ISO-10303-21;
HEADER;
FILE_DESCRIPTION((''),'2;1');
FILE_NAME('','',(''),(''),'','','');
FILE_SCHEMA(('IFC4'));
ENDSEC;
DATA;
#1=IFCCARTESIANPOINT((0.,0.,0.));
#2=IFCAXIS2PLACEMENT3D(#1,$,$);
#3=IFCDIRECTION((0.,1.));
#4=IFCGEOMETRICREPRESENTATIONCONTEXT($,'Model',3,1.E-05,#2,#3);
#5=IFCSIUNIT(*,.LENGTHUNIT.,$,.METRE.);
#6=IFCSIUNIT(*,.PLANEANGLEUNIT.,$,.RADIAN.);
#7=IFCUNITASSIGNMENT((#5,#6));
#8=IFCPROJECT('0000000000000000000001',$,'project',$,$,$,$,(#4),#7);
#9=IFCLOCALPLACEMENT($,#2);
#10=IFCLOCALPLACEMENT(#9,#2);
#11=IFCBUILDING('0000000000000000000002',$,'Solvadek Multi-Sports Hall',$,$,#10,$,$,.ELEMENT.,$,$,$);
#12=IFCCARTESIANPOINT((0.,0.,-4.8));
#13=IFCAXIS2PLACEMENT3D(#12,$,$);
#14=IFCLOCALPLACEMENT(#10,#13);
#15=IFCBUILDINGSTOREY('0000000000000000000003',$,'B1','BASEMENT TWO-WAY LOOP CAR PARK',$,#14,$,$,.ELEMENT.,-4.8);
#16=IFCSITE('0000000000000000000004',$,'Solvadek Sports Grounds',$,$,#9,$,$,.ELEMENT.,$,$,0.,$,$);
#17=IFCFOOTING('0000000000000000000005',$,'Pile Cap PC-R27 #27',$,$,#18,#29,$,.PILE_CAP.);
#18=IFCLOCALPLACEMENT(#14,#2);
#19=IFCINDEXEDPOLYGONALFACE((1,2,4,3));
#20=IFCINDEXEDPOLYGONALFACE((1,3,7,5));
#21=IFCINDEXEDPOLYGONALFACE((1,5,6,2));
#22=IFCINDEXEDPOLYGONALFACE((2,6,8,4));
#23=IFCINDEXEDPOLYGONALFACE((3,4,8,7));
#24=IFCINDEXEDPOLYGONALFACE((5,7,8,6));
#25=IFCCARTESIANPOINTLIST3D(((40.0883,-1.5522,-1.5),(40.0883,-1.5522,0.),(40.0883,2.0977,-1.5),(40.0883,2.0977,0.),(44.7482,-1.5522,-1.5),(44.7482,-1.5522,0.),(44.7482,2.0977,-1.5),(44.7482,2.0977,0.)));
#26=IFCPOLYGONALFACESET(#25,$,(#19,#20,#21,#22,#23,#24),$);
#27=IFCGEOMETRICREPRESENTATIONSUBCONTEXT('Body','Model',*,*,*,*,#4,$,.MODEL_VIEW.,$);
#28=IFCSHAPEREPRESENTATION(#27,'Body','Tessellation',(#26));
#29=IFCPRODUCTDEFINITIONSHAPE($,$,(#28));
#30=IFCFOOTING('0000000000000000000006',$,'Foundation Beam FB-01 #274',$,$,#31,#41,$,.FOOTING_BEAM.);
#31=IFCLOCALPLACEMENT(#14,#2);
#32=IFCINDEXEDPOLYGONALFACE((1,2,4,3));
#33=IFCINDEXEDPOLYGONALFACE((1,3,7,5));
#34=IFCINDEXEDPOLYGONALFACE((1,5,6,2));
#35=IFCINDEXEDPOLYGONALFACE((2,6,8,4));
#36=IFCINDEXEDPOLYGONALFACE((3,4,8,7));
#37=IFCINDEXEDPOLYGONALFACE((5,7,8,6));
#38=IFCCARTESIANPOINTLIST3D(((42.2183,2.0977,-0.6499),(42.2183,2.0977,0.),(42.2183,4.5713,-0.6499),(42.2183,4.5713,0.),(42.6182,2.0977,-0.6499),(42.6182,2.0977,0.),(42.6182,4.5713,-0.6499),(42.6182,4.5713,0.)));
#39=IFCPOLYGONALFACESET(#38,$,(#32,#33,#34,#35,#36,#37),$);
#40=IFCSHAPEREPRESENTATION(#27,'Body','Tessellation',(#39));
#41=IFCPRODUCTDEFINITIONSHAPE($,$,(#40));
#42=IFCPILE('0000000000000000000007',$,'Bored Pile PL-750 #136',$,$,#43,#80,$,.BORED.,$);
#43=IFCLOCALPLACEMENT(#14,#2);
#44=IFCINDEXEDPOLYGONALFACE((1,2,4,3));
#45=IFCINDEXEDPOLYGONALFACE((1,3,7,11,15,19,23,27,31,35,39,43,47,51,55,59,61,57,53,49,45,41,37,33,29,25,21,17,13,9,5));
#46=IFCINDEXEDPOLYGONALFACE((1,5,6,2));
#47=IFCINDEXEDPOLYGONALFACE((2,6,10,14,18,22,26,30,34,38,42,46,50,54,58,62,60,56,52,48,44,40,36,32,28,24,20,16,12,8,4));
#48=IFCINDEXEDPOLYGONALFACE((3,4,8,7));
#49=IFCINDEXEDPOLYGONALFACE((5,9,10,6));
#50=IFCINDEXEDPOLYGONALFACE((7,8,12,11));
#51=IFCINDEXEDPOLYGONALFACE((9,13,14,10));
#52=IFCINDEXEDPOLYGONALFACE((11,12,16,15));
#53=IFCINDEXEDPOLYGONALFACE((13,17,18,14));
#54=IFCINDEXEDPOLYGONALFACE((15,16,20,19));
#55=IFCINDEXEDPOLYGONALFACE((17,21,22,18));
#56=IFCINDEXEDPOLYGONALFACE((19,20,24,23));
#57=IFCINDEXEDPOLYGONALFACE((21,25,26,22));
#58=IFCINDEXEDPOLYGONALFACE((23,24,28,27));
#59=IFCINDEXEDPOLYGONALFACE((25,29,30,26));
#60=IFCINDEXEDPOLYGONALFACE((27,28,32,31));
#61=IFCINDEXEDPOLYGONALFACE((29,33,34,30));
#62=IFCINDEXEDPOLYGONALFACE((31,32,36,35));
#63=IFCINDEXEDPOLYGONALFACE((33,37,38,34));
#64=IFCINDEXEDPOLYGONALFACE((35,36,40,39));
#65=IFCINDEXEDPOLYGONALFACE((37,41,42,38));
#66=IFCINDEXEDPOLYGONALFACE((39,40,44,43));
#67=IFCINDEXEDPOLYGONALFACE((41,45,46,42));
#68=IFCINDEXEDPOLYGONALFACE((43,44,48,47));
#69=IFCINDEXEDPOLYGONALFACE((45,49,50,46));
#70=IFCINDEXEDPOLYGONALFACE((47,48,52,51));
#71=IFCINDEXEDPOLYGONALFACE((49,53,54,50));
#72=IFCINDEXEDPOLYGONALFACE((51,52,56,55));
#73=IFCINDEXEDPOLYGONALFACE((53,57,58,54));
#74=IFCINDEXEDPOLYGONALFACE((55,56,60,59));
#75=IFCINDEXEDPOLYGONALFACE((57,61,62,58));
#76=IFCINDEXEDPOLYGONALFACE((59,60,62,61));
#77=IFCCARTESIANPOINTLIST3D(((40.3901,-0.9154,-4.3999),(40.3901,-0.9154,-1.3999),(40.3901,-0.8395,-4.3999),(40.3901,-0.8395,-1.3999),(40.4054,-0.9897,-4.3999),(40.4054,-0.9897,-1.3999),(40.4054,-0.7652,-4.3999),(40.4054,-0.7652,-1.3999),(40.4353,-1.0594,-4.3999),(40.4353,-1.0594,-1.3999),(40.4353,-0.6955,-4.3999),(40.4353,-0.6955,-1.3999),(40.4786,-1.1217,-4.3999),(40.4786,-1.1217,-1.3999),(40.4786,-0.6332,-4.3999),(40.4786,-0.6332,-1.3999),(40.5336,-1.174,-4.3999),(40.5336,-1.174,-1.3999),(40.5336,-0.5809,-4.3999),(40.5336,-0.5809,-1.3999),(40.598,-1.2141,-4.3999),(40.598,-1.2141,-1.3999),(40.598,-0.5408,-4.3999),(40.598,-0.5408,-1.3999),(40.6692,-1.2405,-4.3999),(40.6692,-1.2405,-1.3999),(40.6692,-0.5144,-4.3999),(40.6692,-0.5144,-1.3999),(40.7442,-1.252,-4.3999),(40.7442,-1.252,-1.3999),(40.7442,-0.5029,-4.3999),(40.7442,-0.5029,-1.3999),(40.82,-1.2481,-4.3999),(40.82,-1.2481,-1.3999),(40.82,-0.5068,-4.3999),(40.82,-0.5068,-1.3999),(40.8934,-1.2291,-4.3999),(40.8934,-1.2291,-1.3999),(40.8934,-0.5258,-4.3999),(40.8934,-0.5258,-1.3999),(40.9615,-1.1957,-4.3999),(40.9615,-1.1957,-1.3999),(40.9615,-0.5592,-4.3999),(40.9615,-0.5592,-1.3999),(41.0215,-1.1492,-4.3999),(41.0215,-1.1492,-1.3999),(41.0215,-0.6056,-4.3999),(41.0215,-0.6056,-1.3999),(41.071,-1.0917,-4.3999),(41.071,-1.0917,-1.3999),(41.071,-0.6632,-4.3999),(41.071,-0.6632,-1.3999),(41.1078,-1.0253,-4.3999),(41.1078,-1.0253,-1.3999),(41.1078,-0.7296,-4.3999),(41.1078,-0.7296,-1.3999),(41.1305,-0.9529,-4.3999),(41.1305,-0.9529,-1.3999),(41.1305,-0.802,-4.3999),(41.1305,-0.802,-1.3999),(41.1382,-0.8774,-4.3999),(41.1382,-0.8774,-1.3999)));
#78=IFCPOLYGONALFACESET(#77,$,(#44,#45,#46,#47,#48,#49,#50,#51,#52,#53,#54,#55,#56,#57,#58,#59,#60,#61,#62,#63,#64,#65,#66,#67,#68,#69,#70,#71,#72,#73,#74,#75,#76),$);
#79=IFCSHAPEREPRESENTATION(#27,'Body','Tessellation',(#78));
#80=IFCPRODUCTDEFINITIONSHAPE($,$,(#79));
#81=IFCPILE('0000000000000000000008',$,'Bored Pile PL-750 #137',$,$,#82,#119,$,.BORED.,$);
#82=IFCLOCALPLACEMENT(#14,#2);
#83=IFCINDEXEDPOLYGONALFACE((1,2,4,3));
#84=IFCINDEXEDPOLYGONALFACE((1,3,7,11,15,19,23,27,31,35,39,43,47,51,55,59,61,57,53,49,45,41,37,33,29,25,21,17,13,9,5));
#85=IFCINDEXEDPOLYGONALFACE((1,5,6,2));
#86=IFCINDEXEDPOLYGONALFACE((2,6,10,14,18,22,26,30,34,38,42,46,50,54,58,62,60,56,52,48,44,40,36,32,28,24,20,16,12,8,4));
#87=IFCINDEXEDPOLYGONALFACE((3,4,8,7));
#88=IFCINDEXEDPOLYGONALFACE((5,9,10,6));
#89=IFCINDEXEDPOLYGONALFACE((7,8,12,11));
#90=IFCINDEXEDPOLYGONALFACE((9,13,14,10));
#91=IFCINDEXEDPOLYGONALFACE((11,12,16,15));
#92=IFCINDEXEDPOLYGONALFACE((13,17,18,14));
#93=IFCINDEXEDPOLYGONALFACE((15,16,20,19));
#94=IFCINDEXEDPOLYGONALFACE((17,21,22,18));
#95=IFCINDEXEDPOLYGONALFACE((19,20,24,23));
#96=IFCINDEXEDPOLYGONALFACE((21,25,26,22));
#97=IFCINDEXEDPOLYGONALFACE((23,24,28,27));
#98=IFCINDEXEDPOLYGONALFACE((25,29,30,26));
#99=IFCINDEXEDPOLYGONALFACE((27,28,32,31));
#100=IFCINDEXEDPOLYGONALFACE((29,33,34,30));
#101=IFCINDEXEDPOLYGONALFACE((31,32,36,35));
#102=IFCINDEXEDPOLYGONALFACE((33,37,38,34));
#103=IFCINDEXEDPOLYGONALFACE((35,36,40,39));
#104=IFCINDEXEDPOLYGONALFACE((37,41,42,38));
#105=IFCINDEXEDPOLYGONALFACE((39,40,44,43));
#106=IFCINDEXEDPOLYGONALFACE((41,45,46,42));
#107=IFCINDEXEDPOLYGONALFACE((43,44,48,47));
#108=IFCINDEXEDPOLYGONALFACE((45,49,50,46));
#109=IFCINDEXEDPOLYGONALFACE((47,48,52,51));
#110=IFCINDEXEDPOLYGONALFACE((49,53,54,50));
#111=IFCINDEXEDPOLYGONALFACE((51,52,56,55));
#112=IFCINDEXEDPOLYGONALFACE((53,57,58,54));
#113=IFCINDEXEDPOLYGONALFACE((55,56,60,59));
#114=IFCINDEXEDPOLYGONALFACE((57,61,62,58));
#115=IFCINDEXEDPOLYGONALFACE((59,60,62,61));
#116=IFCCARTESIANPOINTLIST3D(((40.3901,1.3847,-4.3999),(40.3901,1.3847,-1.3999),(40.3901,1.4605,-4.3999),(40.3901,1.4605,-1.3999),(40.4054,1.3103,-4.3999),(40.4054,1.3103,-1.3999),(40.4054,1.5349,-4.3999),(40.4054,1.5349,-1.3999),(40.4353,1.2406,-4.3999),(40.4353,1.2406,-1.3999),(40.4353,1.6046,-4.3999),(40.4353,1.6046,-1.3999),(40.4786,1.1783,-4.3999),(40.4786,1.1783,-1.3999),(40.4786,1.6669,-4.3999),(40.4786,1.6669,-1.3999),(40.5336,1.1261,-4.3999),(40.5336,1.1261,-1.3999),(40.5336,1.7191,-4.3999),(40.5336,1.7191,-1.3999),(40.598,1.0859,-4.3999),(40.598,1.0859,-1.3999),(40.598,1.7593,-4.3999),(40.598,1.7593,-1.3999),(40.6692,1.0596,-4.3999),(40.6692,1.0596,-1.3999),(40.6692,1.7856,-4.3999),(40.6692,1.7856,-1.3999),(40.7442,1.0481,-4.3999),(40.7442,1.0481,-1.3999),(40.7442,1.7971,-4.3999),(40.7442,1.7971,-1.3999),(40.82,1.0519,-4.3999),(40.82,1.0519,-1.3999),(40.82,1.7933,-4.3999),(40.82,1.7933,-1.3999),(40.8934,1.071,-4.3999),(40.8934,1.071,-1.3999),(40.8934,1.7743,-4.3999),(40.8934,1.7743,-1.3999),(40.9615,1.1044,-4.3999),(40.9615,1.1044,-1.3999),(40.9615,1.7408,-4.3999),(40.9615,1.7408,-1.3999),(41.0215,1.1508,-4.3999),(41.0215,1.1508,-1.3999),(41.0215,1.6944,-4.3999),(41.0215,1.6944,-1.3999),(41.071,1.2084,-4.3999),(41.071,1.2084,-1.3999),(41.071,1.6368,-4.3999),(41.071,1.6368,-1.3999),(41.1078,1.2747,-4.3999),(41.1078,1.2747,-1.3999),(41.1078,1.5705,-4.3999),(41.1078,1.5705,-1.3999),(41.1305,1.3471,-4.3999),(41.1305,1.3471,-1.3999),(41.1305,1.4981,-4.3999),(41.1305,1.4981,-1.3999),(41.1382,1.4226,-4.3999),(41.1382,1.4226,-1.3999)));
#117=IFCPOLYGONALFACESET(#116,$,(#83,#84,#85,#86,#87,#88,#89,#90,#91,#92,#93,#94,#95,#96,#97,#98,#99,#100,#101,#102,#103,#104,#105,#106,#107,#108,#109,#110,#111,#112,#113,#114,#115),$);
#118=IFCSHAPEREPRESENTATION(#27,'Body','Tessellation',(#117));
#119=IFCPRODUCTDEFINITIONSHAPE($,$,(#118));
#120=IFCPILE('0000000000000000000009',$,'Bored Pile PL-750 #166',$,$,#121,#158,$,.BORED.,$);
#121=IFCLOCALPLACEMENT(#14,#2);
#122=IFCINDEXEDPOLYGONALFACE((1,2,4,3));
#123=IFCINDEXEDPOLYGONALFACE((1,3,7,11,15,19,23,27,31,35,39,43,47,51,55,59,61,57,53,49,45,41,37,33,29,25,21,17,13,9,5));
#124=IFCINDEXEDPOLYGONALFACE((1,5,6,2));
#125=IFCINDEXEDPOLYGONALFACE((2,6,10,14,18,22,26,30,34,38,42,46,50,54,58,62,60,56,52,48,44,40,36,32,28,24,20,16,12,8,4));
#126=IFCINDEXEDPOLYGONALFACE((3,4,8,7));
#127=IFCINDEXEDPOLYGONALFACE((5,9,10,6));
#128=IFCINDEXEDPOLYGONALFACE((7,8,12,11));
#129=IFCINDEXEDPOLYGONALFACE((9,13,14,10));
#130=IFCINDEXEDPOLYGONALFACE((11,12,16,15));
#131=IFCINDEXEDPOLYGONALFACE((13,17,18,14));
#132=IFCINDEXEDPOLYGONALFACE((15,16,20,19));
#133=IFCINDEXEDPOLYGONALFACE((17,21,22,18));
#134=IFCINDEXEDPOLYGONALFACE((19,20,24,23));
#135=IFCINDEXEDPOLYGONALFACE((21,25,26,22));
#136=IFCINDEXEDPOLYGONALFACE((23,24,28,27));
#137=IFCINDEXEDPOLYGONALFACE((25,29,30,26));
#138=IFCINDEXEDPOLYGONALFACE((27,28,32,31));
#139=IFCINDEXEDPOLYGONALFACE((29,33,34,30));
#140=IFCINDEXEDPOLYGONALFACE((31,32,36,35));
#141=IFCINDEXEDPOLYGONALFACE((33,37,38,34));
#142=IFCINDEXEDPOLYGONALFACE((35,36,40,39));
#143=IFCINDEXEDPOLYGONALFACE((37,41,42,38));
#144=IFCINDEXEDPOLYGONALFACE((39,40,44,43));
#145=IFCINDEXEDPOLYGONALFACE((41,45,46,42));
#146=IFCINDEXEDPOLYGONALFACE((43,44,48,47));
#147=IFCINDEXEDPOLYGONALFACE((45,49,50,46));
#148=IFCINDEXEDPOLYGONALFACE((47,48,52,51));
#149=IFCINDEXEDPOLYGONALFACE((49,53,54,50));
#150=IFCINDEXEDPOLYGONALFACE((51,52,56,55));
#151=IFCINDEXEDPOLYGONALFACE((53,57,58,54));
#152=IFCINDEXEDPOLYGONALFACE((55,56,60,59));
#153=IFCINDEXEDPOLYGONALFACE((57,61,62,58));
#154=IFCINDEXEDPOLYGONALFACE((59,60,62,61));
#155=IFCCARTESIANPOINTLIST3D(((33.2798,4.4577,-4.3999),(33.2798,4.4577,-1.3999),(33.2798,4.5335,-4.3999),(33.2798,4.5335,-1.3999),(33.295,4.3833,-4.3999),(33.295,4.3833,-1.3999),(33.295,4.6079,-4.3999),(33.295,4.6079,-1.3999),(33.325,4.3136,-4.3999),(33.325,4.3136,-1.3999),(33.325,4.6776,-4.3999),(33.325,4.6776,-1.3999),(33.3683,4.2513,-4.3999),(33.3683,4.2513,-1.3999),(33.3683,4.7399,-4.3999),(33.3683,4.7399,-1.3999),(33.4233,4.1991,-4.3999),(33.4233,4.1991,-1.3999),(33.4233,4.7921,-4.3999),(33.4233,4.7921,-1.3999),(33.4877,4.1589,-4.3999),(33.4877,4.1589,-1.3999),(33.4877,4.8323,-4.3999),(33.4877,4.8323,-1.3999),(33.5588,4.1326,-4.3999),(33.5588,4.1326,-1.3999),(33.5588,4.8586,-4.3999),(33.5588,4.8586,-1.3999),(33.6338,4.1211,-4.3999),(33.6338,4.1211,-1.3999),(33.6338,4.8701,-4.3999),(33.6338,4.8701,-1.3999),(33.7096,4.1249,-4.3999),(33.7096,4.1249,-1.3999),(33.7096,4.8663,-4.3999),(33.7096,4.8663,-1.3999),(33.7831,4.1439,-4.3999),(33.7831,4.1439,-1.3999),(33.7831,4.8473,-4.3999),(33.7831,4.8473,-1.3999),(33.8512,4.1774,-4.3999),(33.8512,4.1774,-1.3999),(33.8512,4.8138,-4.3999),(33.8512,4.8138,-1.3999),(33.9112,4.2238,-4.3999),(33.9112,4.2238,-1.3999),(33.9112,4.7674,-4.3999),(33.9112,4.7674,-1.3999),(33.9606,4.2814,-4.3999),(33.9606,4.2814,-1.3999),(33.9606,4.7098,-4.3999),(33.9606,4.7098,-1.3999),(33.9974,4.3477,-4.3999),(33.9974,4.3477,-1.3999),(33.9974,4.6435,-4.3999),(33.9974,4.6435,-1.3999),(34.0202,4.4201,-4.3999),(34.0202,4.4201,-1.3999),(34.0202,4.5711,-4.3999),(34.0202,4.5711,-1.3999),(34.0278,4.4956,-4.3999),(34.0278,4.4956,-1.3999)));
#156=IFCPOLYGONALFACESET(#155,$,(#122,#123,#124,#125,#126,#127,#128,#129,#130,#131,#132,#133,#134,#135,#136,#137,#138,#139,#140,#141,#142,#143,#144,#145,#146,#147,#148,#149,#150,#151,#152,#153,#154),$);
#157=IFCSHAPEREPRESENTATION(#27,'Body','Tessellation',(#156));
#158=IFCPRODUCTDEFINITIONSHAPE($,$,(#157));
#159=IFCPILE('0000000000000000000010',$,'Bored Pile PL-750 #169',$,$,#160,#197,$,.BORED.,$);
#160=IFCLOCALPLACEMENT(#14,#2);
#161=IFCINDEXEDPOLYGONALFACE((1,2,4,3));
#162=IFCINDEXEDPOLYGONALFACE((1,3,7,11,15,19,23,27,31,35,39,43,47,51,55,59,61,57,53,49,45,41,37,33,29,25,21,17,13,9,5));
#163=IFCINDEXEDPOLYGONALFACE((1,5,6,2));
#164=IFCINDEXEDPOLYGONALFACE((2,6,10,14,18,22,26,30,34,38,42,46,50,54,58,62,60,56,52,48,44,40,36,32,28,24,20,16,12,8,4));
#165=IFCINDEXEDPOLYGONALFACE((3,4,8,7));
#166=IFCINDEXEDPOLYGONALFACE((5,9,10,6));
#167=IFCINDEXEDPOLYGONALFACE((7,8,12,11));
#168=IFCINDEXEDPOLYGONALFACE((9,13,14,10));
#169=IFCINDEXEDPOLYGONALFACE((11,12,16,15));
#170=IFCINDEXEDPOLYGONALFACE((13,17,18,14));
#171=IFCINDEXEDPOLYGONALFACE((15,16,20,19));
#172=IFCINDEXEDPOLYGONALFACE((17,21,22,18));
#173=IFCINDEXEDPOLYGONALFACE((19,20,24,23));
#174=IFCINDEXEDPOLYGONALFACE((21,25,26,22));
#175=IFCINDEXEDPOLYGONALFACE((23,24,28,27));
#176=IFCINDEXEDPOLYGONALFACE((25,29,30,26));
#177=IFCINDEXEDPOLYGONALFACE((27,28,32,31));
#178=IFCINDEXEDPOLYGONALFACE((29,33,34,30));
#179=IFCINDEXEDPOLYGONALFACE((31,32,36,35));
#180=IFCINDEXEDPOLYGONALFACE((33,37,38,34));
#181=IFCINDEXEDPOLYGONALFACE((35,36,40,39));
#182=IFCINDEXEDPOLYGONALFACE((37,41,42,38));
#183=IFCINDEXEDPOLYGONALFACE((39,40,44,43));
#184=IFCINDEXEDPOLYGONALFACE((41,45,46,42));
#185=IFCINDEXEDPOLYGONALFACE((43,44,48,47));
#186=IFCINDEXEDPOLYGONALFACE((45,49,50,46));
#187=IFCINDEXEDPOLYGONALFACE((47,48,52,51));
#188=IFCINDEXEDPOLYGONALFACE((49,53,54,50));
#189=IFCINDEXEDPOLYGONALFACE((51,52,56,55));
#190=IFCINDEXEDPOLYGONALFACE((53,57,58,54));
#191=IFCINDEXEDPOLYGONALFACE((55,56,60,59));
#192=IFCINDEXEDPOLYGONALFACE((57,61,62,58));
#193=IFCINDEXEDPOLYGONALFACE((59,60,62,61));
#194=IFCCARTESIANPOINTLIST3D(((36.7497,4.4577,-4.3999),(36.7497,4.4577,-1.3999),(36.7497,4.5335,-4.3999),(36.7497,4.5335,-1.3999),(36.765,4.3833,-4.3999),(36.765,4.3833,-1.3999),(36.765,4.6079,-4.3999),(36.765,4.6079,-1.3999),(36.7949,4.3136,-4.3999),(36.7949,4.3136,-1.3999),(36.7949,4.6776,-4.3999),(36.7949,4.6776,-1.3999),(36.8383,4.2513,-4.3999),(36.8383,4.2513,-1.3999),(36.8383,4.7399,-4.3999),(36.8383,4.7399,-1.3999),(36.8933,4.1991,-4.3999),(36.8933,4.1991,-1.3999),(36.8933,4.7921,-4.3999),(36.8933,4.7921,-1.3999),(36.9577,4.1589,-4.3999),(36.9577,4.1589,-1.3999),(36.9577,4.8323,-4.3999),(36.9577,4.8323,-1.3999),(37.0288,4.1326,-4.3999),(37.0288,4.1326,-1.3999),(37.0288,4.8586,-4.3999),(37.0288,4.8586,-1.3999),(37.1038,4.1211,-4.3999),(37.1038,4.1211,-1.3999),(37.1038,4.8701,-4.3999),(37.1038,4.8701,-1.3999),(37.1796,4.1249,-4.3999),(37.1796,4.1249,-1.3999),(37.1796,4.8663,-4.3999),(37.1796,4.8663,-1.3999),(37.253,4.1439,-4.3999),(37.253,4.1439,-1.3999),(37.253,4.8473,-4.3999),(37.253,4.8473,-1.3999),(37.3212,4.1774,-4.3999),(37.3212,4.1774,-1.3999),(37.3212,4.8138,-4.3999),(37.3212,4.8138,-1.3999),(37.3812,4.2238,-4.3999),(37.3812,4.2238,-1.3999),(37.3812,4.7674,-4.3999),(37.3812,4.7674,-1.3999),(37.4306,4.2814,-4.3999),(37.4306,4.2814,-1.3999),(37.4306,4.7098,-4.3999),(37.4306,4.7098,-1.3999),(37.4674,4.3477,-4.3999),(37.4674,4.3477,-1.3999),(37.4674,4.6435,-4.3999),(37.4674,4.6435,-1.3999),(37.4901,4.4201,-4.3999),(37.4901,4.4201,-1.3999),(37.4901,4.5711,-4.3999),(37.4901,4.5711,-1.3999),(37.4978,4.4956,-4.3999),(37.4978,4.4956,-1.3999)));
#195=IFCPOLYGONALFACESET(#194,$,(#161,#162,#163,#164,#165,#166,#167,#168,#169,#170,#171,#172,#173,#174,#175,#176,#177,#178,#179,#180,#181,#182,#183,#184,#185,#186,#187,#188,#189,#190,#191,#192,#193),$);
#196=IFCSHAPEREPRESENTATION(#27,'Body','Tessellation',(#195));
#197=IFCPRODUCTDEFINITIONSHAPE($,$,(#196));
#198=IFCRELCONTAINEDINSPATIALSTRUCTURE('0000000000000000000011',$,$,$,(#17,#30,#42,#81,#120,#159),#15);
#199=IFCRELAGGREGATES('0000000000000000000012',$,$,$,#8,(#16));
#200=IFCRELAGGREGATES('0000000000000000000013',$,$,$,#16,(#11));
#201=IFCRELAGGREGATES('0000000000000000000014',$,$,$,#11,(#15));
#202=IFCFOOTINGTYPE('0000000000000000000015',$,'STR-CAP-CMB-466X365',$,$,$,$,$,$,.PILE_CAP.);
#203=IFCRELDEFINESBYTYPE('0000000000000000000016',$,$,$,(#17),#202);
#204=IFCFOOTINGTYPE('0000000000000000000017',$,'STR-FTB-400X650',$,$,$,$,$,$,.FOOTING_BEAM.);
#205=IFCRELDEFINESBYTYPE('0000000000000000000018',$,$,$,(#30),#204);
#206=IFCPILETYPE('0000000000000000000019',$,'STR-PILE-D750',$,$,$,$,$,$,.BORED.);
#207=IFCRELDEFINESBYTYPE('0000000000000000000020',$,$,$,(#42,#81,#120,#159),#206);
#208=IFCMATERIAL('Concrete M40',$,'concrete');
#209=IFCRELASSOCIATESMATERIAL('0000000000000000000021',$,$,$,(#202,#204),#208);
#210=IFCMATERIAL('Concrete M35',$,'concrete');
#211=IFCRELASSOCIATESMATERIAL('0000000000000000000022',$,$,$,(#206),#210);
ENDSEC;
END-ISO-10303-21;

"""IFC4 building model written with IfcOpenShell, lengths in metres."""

from ifc_helpers import new_model, si_unit, direction, frame, origin, origin_2d, place, context, subcontext, project, spatial, rectangle, circle, extrude, material, material_profile, profile_set, type_object, element, save


model = new_model("IFC4")

# Units and contexts
model_context = context("Model", 3, precision=1e-05, world=origin(), true_north=direction((0.0, 1.0)))
body_context = subcontext(model_context, "Body", "Model", "MODEL_VIEW")
ifc_project = project(units=[si_unit("LENGTHUNIT", "METRE"), si_unit("PLANEANGLEUNIT", "RADIAN")], contexts=[model_context])

# Site, building, storey
site_placement = place(None, origin())
site = spatial("IfcSite", under=ifc_project, at=site_placement, Name="Solvadek Sports Grounds", CompositionType="ELEMENT", RefElevation=0.0)
building_placement = place(site_placement, origin())
building = spatial("IfcBuilding", under=site, at=building_placement, Name="Solvadek Multi-Sports Hall", CompositionType="ELEMENT")
storey_placement = place(building_placement, frame((0.0, 0.0, -4.8)))
storey = spatial("IfcBuildingStorey", under=building, at=storey_placement, Name="B1", Description="BASEMENT TWO-WAY LOOP CAR PARK", CompositionType="ELEMENT", Elevation=-4.8)

# Footings
ifc_material_1 = material(Name="Concrete M40", Category="concrete")
footing_type_1 = type_object("IfcFootingType", Name="STR-CAP-CMB-466X365", PredefinedType="PILE_CAP", material=ifc_material_1)
footing_1_placement = place(storey_placement, frame((42.4182, 0.2727, -1.5), z_axis=(0.0, 0.0, 1.0), x_axis=(1.0, 0.0, 0.0)))
element("IfcFooting", 1, at=footing_1_placement, inside=storey, type_object=footing_type_1, Name="Pile Cap PC-R27 #27", PredefinedType="PILE_CAP", context=body_context, shape_type="SweptSolid", body=[
    extrude(rectangle(XDim=4.6599, YDim=3.6499, at=origin_2d()), origin(), (0.0, 0.0, 1.0), 1.5),
])
footing_type_2 = type_object("IfcFootingType", Name="STR-FTB-400X650", PredefinedType="FOOTING_BEAM", material=ifc_material_1)
footing_2_placement = place(storey_placement, frame((42.4182, 3.3345, -0.6499), z_axis=(0.0, 0.0, 1.0), x_axis=(0.0, 1.0, 0.0)))
element("IfcFooting", 2, at=footing_2_placement, inside=storey, type_object=footing_type_2, Name="Foundation Beam FB-01 #274", PredefinedType="FOOTING_BEAM", context=body_context, shape_type="SweptSolid", body=[
    extrude(rectangle(XDim=2.4736, YDim=0.3999, at=origin_2d()), origin(), (0.0, 0.0, 1.0), 0.6499),
])

# Piles
ifc_material_2 = material(Name="Concrete M35", Category="concrete")
ifc_material_profile_1 = material_profile(ifc_material_2, circle(Radius=0.375, at=origin_2d()), Name="BORED PILE D750")
ifc_profile_set_1 = profile_set([ifc_material_profile_1], Name="Concrete M35")
pile_type = type_object("IfcPileType", Name="STR-PILE-D750", PredefinedType="BORED", material=ifc_profile_set_1)
for number, where, z_axis, x_axis, name in (
    (3, (40.7632, -0.8774, -1.3999), (0.0, 0.0, -1.0), (1.0, 0.0, 0.0), "Bored Pile PL-750 #136"),
    (4, (40.7632, 1.4226, -1.3999), (0.0, 0.0, -1.0), (1.0, 0.0, 0.0), "Bored Pile PL-750 #137"),
    (5, (33.6528, 4.4956, -1.3999), (0.0, 0.0, -1.0), (1.0, 0.0, 0.0), "Bored Pile PL-750 #166"),
    (6, (37.1228, 4.4956, -1.3999), (0.0, 0.0, -1.0), (1.0, 0.0, 0.0), "Bored Pile PL-750 #169"),
):
    element("IfcPile", number, at=place(storey_placement, frame(where, z_axis=z_axis, x_axis=x_axis)), inside=storey, type_object=pile_type, Name=name, PredefinedType="BORED", context=body_context, shape_type="SweptSolid", body=[
        extrude(circle(Radius=0.375, at=origin_2d()), origin(), (0.0, 0.0, 1.0), 3.0),
    ])

save(model, "model.ifc")
